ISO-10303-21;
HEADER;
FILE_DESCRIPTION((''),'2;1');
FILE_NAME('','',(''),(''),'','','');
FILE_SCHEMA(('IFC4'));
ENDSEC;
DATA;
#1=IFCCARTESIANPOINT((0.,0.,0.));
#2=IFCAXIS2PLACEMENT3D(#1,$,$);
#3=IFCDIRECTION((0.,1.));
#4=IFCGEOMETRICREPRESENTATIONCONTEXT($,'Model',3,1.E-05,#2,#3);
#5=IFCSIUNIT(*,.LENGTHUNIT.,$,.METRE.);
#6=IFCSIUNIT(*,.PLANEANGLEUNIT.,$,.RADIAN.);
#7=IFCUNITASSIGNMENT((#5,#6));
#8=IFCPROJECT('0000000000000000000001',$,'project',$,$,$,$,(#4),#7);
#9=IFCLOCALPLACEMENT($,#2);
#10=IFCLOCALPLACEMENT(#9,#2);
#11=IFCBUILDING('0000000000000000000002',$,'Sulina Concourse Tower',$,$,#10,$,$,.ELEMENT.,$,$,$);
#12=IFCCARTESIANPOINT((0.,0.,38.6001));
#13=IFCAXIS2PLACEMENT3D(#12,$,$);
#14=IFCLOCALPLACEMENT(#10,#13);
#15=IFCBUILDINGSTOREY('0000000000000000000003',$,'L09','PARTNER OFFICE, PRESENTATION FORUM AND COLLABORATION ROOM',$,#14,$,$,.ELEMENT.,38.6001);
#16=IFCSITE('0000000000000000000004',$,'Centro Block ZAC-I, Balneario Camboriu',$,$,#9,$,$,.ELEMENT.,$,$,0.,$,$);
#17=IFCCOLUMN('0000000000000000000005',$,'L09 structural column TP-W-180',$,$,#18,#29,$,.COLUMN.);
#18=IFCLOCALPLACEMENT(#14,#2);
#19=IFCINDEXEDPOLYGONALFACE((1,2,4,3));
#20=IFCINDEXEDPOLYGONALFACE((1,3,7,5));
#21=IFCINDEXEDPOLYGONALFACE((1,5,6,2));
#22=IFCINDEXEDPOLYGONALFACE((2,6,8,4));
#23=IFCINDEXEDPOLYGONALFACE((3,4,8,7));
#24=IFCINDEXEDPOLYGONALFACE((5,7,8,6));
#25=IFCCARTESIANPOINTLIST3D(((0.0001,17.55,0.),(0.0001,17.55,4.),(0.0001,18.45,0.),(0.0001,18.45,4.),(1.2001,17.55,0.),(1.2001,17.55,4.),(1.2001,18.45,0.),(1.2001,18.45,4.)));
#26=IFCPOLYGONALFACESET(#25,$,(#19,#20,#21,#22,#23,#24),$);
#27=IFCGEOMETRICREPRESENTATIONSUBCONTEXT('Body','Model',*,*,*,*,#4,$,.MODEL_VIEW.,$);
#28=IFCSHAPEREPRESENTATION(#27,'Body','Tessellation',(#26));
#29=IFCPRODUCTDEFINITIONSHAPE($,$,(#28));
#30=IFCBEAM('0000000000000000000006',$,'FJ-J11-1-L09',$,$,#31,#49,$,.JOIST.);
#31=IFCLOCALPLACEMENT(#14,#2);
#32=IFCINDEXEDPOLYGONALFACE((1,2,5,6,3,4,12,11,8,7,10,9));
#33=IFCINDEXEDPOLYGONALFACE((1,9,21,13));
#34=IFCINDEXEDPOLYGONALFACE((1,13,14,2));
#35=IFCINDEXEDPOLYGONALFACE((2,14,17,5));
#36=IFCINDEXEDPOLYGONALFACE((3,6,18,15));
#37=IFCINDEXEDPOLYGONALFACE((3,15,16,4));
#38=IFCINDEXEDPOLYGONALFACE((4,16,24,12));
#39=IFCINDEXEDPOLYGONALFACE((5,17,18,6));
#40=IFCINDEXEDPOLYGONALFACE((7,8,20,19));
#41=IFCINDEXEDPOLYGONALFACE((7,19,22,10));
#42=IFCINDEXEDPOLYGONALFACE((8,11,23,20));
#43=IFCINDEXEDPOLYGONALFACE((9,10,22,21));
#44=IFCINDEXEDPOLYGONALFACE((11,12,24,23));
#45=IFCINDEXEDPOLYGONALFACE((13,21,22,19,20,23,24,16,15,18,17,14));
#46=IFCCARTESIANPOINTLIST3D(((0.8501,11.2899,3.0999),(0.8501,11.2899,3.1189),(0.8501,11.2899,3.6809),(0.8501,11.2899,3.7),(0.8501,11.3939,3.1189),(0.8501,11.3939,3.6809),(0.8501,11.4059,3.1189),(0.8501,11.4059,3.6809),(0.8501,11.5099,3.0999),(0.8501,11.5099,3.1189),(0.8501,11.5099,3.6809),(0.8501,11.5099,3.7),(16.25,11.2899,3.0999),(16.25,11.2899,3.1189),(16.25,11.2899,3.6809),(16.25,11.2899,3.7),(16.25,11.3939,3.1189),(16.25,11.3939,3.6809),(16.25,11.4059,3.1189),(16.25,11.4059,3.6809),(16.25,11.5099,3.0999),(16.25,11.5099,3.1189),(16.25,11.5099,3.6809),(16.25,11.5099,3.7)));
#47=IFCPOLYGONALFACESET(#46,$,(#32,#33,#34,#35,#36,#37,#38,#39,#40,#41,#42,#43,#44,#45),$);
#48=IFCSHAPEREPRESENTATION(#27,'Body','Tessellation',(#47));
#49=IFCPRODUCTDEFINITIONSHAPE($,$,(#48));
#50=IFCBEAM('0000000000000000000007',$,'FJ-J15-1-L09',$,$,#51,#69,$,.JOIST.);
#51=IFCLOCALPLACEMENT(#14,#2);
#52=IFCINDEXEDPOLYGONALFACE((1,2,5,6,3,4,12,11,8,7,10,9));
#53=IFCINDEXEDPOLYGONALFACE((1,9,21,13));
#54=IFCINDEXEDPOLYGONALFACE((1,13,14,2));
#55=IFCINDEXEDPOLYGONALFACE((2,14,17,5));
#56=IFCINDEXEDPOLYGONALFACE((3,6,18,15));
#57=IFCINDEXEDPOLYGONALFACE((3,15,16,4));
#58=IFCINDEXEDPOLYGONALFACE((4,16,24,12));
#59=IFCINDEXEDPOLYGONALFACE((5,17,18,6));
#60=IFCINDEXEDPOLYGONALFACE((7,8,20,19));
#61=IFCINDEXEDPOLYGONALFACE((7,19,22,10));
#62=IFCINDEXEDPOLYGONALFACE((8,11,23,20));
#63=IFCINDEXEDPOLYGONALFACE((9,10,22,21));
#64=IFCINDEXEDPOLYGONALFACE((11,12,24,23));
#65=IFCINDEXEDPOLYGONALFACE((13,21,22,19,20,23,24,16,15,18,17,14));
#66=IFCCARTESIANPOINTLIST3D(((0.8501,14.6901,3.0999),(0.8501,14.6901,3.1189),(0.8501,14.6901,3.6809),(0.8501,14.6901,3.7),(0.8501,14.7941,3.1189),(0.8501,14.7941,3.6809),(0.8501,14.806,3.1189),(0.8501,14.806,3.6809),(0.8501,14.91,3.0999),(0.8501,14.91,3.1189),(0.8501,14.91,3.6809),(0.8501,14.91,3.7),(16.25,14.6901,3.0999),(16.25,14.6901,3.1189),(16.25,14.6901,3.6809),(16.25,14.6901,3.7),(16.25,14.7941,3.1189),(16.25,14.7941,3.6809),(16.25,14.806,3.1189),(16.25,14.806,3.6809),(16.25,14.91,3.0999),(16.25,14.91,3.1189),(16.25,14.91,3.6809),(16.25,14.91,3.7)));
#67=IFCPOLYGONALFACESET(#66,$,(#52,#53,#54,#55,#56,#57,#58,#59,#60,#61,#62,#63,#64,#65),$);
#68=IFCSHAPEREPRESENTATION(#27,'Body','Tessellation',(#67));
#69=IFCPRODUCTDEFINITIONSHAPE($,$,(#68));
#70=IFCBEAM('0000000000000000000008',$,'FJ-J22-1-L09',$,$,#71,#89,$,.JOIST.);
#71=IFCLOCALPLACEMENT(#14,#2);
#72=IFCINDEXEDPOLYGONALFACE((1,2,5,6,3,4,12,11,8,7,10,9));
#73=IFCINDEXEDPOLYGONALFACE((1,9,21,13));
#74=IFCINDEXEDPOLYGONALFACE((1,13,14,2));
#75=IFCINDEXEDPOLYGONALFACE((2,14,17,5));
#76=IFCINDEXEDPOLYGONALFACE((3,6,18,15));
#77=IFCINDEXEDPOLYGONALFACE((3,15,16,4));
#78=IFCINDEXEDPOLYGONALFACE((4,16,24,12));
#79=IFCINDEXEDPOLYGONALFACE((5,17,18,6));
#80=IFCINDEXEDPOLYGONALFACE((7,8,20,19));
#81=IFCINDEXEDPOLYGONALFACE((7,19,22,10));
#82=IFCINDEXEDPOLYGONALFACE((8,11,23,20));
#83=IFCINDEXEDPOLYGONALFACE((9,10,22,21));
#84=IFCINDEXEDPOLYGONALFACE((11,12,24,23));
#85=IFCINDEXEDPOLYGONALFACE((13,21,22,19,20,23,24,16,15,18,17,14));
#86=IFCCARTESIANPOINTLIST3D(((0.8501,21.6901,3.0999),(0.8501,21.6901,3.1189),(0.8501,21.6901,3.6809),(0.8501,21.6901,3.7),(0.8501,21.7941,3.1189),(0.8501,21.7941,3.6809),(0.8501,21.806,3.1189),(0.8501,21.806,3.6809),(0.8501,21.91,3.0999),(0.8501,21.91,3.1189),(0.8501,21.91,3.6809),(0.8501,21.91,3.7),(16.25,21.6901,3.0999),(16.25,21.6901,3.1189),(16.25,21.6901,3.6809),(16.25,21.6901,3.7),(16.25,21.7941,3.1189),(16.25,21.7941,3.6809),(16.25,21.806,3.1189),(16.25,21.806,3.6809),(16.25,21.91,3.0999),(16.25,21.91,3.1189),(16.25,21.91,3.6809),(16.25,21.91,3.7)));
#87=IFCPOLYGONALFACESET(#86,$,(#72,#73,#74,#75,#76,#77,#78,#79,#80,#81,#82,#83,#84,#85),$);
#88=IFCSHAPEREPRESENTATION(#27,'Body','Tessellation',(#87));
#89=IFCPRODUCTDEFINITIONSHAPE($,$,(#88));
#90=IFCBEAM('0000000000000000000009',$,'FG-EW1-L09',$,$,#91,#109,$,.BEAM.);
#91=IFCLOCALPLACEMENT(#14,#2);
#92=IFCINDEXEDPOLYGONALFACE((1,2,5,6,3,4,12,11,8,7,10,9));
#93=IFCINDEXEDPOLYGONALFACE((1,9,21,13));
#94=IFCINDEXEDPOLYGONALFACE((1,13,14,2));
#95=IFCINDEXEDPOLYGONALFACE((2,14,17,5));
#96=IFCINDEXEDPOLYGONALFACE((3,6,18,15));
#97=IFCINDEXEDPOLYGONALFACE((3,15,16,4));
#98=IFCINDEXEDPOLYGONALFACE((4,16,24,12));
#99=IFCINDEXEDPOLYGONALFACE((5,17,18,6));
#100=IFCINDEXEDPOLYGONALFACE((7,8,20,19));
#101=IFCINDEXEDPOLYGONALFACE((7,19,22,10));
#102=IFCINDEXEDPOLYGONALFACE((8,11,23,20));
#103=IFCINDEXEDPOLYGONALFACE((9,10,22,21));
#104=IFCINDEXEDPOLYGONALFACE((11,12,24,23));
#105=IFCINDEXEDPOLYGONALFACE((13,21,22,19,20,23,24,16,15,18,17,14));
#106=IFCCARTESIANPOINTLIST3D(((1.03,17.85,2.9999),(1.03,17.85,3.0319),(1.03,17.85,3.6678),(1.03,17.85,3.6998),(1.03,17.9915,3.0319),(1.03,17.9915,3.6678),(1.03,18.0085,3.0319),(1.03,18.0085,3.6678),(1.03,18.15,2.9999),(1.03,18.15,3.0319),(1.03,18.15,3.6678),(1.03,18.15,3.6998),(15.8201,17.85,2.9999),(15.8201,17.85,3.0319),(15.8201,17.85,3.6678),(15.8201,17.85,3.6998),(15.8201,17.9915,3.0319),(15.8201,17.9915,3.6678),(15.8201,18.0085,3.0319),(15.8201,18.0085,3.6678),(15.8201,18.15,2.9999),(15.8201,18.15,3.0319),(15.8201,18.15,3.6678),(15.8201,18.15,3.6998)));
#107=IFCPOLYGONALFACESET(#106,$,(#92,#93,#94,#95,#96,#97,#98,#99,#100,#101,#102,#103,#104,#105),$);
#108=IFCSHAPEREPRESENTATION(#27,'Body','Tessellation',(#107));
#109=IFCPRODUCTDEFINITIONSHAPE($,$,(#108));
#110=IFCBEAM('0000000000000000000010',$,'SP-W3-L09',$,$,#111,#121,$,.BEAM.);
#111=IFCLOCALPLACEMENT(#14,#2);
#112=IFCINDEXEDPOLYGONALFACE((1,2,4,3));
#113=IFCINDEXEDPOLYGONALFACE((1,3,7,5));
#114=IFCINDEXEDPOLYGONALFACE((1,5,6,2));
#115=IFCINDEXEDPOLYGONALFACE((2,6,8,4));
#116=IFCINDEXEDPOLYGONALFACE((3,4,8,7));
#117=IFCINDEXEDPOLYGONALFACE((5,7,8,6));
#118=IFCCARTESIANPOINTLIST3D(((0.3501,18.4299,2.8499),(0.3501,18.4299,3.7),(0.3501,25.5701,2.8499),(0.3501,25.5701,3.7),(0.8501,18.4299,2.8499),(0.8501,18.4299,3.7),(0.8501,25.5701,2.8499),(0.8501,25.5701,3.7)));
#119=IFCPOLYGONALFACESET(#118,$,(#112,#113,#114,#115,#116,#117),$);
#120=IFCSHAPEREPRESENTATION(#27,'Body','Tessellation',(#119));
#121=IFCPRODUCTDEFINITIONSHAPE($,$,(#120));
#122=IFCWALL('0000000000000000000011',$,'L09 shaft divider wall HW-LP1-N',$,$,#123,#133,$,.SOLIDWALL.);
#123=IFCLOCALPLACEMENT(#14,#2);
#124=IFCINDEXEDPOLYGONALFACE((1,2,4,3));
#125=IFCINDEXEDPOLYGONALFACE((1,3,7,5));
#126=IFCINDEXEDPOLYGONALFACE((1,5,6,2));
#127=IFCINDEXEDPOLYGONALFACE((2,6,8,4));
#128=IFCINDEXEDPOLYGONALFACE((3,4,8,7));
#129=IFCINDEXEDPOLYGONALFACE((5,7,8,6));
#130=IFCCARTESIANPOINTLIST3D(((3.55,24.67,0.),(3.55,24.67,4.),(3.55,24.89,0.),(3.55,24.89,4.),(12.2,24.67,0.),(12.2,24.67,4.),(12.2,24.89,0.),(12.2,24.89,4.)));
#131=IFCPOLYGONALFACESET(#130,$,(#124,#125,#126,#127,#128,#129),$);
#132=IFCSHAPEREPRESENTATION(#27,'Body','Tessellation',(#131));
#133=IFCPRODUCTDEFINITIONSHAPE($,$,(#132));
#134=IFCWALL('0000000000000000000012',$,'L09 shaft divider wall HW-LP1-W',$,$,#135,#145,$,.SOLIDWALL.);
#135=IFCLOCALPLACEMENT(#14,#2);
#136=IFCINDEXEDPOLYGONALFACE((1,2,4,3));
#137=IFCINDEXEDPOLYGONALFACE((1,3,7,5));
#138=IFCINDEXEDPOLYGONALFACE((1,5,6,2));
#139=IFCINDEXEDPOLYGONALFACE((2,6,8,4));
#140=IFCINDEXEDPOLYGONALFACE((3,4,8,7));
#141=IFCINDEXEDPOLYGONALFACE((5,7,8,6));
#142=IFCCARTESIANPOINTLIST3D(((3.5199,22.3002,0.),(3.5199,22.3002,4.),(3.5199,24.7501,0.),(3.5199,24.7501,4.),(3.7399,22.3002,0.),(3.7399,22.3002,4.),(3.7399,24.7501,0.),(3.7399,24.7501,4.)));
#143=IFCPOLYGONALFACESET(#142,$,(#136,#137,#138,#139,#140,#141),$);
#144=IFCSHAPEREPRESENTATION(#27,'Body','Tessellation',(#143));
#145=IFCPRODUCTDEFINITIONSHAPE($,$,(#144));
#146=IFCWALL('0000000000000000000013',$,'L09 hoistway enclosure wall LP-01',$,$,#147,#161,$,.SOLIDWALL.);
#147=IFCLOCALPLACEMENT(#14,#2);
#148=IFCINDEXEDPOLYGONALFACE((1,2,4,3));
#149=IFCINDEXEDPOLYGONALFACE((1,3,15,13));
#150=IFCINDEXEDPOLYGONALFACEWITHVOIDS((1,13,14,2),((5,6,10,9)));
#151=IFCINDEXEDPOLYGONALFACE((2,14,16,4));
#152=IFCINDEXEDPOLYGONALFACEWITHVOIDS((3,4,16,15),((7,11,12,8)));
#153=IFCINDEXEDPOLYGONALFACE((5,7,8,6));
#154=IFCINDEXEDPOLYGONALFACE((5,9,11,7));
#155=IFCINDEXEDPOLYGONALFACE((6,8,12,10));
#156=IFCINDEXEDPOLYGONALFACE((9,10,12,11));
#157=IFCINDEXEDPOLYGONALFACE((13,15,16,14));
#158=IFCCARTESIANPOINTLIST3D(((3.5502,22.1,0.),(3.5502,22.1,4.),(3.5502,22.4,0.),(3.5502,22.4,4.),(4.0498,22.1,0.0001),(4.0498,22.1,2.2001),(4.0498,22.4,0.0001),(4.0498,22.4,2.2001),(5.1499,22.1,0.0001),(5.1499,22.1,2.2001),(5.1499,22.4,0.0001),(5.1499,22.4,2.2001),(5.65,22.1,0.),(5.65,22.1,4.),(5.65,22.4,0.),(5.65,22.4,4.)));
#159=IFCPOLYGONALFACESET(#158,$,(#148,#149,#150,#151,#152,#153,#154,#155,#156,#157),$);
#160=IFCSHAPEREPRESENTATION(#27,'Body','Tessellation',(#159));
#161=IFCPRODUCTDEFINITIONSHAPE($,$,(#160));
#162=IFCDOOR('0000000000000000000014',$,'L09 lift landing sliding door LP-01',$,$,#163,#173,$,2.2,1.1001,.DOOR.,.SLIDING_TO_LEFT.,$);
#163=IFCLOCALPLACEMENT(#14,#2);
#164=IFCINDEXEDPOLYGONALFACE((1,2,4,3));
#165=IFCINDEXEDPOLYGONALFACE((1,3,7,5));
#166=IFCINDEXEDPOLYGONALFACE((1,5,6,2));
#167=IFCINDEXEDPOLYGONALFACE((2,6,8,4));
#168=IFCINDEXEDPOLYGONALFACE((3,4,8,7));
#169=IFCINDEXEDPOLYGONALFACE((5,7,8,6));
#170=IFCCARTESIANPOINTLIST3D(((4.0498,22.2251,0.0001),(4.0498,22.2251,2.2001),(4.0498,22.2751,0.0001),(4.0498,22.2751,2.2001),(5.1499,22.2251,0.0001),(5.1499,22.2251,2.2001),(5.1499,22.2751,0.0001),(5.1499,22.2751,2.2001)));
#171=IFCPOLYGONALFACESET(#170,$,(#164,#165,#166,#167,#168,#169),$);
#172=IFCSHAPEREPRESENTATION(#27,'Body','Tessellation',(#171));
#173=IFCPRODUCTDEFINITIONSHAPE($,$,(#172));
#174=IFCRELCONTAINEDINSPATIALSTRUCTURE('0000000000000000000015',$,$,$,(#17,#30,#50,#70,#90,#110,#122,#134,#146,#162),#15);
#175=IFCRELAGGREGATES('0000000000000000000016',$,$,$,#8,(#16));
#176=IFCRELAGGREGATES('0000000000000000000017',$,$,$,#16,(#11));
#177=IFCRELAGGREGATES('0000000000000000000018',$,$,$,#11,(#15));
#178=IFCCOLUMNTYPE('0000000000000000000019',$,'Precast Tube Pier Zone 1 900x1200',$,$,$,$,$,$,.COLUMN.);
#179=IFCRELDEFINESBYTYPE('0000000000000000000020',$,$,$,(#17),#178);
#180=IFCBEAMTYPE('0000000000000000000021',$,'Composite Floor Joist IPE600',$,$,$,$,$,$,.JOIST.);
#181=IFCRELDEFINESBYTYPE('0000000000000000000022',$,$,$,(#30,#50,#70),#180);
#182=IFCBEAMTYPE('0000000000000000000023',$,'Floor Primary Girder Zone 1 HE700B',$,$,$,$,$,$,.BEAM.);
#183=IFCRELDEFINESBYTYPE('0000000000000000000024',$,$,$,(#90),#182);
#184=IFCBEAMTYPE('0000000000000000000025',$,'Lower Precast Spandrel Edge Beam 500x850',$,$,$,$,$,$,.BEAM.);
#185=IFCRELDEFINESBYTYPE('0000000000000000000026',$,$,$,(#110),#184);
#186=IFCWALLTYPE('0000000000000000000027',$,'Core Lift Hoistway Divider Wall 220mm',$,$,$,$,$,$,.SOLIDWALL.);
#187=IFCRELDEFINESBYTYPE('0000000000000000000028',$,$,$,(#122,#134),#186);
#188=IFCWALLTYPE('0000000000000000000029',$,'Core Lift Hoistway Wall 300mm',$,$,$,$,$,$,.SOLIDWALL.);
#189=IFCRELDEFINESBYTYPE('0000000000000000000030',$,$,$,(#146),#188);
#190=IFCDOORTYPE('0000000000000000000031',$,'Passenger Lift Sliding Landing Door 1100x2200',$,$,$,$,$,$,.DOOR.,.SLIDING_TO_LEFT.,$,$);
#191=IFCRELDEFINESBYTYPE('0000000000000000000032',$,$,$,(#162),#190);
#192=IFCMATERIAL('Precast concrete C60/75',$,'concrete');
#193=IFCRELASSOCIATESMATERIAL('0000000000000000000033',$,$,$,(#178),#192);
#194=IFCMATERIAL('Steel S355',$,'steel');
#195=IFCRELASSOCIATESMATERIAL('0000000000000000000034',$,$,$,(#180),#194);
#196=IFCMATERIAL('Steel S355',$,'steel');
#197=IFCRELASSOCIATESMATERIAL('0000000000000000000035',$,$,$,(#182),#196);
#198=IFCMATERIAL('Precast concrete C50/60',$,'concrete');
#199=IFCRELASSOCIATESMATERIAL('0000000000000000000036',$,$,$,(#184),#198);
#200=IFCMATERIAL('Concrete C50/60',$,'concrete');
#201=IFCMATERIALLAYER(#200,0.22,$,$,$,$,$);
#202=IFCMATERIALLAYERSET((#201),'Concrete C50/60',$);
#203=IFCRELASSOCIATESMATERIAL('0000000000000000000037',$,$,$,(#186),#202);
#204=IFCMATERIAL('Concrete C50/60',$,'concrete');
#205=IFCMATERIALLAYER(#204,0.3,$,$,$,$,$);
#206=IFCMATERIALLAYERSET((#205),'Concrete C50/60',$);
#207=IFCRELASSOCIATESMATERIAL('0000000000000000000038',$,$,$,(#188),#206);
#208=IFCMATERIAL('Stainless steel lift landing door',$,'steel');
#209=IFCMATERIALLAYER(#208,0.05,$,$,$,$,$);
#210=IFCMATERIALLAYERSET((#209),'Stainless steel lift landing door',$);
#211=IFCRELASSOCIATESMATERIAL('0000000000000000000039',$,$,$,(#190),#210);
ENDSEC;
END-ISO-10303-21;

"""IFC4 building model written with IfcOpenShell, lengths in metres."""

from ifc_helpers import new_model, si_unit, direction, frame, frame_2d, origin, origin_2d, place, context, subcontext, project, spatial, rectangle, i_section, extrude, material, layer, layer_set, material_profile, profile_set, type_object, element, fill, save


model = new_model("IFC4")

# Units and contexts
model_context = context("Model", 3, precision=1e-05, world=origin(), true_north=direction((0.0, 1.0)))
body_context = subcontext(model_context, "Body", "Model", "MODEL_VIEW")
ifc_project = project(units=[si_unit("LENGTHUNIT", "METRE"), si_unit("PLANEANGLEUNIT", "RADIAN")], contexts=[model_context])

# Site, building, storey
site_placement = place(None, origin())
site = spatial("IfcSite", under=ifc_project, at=site_placement, Name="Centro Block ZAC-I, Balneario Camboriu", CompositionType="ELEMENT", RefElevation=0.0)
building_placement = place(site_placement, origin())
building = spatial("IfcBuilding", under=site, at=building_placement, Name="Sulina Concourse Tower", CompositionType="ELEMENT")
storey_placement = place(building_placement, frame((0.0, 0.0, 38.6001)))
storey = spatial("IfcBuildingStorey", under=building, at=storey_placement, Name="L09", Description="PARTNER OFFICE, PRESENTATION FORUM AND COLLABORATION ROOM", CompositionType="ELEMENT", Elevation=38.6001)

# Column
ifc_material_1 = material(Name="Precast concrete C60/75", Category="concrete")
ifc_material_profile_1 = material_profile(ifc_material_1, rectangle(XDim=0.8999, YDim=1.2, at=origin_2d()), Name="PC 900x1200")
ifc_profile_set_1 = profile_set([ifc_material_profile_1], Name="Precast concrete C60/75")
column_type = type_object("IfcColumnType", Name="Precast Tube Pier Zone 1 900x1200", PredefinedType="COLUMN", material=ifc_profile_set_1)
column_placement = place(storey_placement, frame((0.6001, 18.0, 0.0), z_axis=(0.0, 0.0, 1.0), x_axis=(0.0, 1.0, 0.0)))
element("IfcColumn", 1, at=column_placement, inside=storey, type_object=column_type, Name="L09 structural column TP-W-180", PredefinedType="COLUMN", context=body_context, shape_type="SweptSolid", body=[
    extrude(rectangle(XDim=0.8999, YDim=1.2, at=origin_2d()), origin(), (0.0, 0.0, 1.0), 4.0),
])

# Beams
ifc_material_2 = material(Name="Steel S355", Category="steel")
ifc_material_profile_2 = material_profile(ifc_material_2, i_section(OverallWidth=0.22, OverallDepth=0.6001, WebThickness=0.012, FlangeThickness=0.019, at=origin_2d()), Name="IPE 600")
ifc_profile_set_2 = profile_set([ifc_material_profile_2], Name="Steel S355")
beam_type_1 = type_object("IfcBeamType", Name="Composite Floor Joist IPE600", PredefinedType="JOIST", material=ifc_profile_set_2)
for number, where, z_axis, x_axis, name in (
    (2, (0.8501, 11.3999, 3.3999), (1.0, 0.0, 0.0), (0.0, 1.0, 0.0), "FJ-J11-1-L09"),
    (3, (0.8501, 14.8, 3.3999), (1.0, 0.0, 0.0), (0.0, 1.0, 0.0), "FJ-J15-1-L09"),
    (4, (0.8501, 21.8, 3.3999), (1.0, 0.0, 0.0), (0.0, 1.0, 0.0), "FJ-J22-1-L09"),
):
    element("IfcBeam", number, at=place(storey_placement, frame(where, z_axis=z_axis, x_axis=x_axis)), inside=storey, type_object=beam_type_1, Name=name, PredefinedType="JOIST", context=body_context, shape_type="SweptSolid", body=[
        extrude(i_section(OverallWidth=0.22, OverallDepth=0.6001, WebThickness=0.012, FlangeThickness=0.019, at=origin_2d()), origin(), (0.0, 0.0, 1.0), 15.3999),
    ])
ifc_material_3 = material(Name="Steel S355", Category="steel")
ifc_material_profile_3 = material_profile(ifc_material_3, i_section(OverallWidth=0.3, OverallDepth=0.7, WebThickness=0.0171, FlangeThickness=0.032, at=origin_2d()), Name="HE 700 B")
ifc_profile_set_3 = profile_set([ifc_material_profile_3], Name="Steel S355")
beam_type_2 = type_object("IfcBeamType", Name="Floor Primary Girder Zone 1 HE700B", PredefinedType="BEAM", material=ifc_profile_set_3)
beam_1_placement = place(storey_placement, frame((1.03, 18.0, 3.3499), z_axis=(1.0, 0.0, 0.0), x_axis=(0.0, 1.0, 0.0)))
element("IfcBeam", 5, at=beam_1_placement, inside=storey, type_object=beam_type_2, Name="FG-EW1-L09", PredefinedType="BEAM", context=body_context, shape_type="SweptSolid", body=[
    extrude(i_section(OverallWidth=0.3, OverallDepth=0.7, WebThickness=0.0171, FlangeThickness=0.032, at=origin_2d()), origin(), (0.0, 0.0, 1.0), 14.79),
])
ifc_material_4 = material(Name="Precast concrete C50/60", Category="concrete")
ifc_material_profile_4 = material_profile(ifc_material_4, rectangle(XDim=0.5, YDim=0.8501, at=origin_2d()), Name="RC 500x850")
ifc_profile_set_4 = profile_set([ifc_material_profile_4], Name="Precast concrete C50/60")
beam_type_3 = type_object("IfcBeamType", Name="Lower Precast Spandrel Edge Beam 500x850", PredefinedType="BEAM", material=ifc_profile_set_4)
beam_2_placement = place(storey_placement, frame((0.6001, 18.4299, 3.2749), z_axis=(0.0, 1.0, 0.0), x_axis=(-1.0, 0.0, 0.0)))
element("IfcBeam", 6, at=beam_2_placement, inside=storey, type_object=beam_type_3, Name="SP-W3-L09", PredefinedType="BEAM", context=body_context, shape_type="SweptSolid", body=[
    extrude(rectangle(XDim=0.5, YDim=0.8501, at=origin_2d()), origin(), (0.0, 0.0, 1.0), 7.1401),
])

# Walls
ifc_material_5 = material(Name="Concrete C50/60", Category="concrete")
ifc_layer_1 = layer(ifc_material_5, 0.22)
ifc_layer_set_1 = layer_set([ifc_layer_1], Name="Concrete C50/60")
wall_type_1 = type_object("IfcWallType", Name="Core Lift Hoistway Divider Wall 220mm", PredefinedType="SOLIDWALL", material=ifc_layer_set_1)
wall_1_placement = place(storey_placement, frame((3.55, 24.78, 0.0), z_axis=(0.0, 0.0, 1.0), x_axis=(1.0, 0.0, 0.0)))
element("IfcWall", 7, at=wall_1_placement, inside=storey, type_object=wall_type_1, Name="L09 shaft divider wall HW-LP1-N", PredefinedType="SOLIDWALL", context=body_context, shape_type="SweptSolid", body=[
    extrude(rectangle(XDim=8.6499, YDim=0.22, at=frame_2d((4.325, 0.0))), origin(), (0.0, 0.0, 1.0), 4.0),
])
wall_2_placement = place(storey_placement, frame((3.6299, 22.3, 0.0), z_axis=(0.0, 0.0, 1.0), x_axis=(0.0, 1.0, 0.0)))
element("IfcWall", 8, at=wall_2_placement, inside=storey, type_object=wall_type_1, Name="L09 shaft divider wall HW-LP1-W", PredefinedType="SOLIDWALL", context=body_context, shape_type="SweptSolid", body=[
    extrude(rectangle(XDim=2.45, YDim=0.22, at=frame_2d((1.2251, 0.0))), origin(), (0.0, 0.0, 1.0), 4.0),
])

# Wall, opening, door
ifc_material_6 = material(Name="Concrete C50/60", Category="concrete")
ifc_layer_2 = layer(ifc_material_6, 0.3)
ifc_layer_set_2 = layer_set([ifc_layer_2], Name="Concrete C50/60")
wall_type_2 = type_object("IfcWallType", Name="Core Lift Hoistway Wall 300mm", PredefinedType="SOLIDWALL", material=ifc_layer_set_2)
wall_3_placement = place(storey_placement, frame((5.6499, 22.25, 0.0), z_axis=(0.0, 0.0, 1.0), x_axis=(-1.0, 0.0, 0.0)))
wall_3 = element("IfcWall", 9, at=wall_3_placement, inside=storey, type_object=wall_type_2, Name="L09 hoistway enclosure wall LP-01", PredefinedType="SOLIDWALL", context=body_context, shape_type="SweptSolid", body=[
    extrude(rectangle(XDim=2.0999, YDim=0.3, at=frame_2d((1.0498, 0.0))), origin(), (0.0, 0.0, 1.0), 4.0),
])
opening_1_placement = place(wall_3_placement, frame((0.5, 0.0, 0.0)))
opening_1 = element("IfcOpeningElement", 10, at=opening_1_placement, cuts=wall_3, PredefinedType="OPENING", context=body_context, shape_type="SweptSolid", body=[
    extrude(rectangle(XDim=1.1001, YDim=2.2, at=frame_2d((0.55, 1.1001))), frame((0.0, 0.1599, 0.0), z_axis=(0.0, -1.0, 0.0), x_axis=(1.0, 0.0, 0.0)), (0.0, 0.0, 1.0), 0.3201),
])
ifc_material_7 = material(Name="Stainless steel lift landing door", Category="steel")
ifc_layer_3 = layer(ifc_material_7, 0.05)
ifc_layer_set_3 = layer_set([ifc_layer_3], Name="Stainless steel lift landing door")
door_type_1 = type_object("IfcDoorType", Name="Passenger Lift Sliding Landing Door 1100x2200", OperationType="SLIDING_TO_LEFT", PredefinedType="DOOR", material=ifc_layer_set_3)
door_1_placement = place(opening_1_placement, origin())
door_1 = element("IfcDoor", 11, at=door_1_placement, inside=storey, type_object=door_type_1, Name="L09 lift landing sliding door LP-01", OperationType="SLIDING_TO_LEFT", OverallHeight=2.2, OverallWidth=1.1001, PredefinedType="DOOR", context=body_context, shape_type="SweptSolid", body=[
    extrude(rectangle(XDim=1.1001, YDim=2.2, at=frame_2d((0.55, 1.1001))), frame((0.0, 0.0249, 0.0), z_axis=(0.0, -1.0, 0.0), x_axis=(1.0, 0.0, 0.0)), (0.0, 0.0, 1.0), 0.05),
])
fill(opening_1, door_1)

save(model, "model.ifc")
